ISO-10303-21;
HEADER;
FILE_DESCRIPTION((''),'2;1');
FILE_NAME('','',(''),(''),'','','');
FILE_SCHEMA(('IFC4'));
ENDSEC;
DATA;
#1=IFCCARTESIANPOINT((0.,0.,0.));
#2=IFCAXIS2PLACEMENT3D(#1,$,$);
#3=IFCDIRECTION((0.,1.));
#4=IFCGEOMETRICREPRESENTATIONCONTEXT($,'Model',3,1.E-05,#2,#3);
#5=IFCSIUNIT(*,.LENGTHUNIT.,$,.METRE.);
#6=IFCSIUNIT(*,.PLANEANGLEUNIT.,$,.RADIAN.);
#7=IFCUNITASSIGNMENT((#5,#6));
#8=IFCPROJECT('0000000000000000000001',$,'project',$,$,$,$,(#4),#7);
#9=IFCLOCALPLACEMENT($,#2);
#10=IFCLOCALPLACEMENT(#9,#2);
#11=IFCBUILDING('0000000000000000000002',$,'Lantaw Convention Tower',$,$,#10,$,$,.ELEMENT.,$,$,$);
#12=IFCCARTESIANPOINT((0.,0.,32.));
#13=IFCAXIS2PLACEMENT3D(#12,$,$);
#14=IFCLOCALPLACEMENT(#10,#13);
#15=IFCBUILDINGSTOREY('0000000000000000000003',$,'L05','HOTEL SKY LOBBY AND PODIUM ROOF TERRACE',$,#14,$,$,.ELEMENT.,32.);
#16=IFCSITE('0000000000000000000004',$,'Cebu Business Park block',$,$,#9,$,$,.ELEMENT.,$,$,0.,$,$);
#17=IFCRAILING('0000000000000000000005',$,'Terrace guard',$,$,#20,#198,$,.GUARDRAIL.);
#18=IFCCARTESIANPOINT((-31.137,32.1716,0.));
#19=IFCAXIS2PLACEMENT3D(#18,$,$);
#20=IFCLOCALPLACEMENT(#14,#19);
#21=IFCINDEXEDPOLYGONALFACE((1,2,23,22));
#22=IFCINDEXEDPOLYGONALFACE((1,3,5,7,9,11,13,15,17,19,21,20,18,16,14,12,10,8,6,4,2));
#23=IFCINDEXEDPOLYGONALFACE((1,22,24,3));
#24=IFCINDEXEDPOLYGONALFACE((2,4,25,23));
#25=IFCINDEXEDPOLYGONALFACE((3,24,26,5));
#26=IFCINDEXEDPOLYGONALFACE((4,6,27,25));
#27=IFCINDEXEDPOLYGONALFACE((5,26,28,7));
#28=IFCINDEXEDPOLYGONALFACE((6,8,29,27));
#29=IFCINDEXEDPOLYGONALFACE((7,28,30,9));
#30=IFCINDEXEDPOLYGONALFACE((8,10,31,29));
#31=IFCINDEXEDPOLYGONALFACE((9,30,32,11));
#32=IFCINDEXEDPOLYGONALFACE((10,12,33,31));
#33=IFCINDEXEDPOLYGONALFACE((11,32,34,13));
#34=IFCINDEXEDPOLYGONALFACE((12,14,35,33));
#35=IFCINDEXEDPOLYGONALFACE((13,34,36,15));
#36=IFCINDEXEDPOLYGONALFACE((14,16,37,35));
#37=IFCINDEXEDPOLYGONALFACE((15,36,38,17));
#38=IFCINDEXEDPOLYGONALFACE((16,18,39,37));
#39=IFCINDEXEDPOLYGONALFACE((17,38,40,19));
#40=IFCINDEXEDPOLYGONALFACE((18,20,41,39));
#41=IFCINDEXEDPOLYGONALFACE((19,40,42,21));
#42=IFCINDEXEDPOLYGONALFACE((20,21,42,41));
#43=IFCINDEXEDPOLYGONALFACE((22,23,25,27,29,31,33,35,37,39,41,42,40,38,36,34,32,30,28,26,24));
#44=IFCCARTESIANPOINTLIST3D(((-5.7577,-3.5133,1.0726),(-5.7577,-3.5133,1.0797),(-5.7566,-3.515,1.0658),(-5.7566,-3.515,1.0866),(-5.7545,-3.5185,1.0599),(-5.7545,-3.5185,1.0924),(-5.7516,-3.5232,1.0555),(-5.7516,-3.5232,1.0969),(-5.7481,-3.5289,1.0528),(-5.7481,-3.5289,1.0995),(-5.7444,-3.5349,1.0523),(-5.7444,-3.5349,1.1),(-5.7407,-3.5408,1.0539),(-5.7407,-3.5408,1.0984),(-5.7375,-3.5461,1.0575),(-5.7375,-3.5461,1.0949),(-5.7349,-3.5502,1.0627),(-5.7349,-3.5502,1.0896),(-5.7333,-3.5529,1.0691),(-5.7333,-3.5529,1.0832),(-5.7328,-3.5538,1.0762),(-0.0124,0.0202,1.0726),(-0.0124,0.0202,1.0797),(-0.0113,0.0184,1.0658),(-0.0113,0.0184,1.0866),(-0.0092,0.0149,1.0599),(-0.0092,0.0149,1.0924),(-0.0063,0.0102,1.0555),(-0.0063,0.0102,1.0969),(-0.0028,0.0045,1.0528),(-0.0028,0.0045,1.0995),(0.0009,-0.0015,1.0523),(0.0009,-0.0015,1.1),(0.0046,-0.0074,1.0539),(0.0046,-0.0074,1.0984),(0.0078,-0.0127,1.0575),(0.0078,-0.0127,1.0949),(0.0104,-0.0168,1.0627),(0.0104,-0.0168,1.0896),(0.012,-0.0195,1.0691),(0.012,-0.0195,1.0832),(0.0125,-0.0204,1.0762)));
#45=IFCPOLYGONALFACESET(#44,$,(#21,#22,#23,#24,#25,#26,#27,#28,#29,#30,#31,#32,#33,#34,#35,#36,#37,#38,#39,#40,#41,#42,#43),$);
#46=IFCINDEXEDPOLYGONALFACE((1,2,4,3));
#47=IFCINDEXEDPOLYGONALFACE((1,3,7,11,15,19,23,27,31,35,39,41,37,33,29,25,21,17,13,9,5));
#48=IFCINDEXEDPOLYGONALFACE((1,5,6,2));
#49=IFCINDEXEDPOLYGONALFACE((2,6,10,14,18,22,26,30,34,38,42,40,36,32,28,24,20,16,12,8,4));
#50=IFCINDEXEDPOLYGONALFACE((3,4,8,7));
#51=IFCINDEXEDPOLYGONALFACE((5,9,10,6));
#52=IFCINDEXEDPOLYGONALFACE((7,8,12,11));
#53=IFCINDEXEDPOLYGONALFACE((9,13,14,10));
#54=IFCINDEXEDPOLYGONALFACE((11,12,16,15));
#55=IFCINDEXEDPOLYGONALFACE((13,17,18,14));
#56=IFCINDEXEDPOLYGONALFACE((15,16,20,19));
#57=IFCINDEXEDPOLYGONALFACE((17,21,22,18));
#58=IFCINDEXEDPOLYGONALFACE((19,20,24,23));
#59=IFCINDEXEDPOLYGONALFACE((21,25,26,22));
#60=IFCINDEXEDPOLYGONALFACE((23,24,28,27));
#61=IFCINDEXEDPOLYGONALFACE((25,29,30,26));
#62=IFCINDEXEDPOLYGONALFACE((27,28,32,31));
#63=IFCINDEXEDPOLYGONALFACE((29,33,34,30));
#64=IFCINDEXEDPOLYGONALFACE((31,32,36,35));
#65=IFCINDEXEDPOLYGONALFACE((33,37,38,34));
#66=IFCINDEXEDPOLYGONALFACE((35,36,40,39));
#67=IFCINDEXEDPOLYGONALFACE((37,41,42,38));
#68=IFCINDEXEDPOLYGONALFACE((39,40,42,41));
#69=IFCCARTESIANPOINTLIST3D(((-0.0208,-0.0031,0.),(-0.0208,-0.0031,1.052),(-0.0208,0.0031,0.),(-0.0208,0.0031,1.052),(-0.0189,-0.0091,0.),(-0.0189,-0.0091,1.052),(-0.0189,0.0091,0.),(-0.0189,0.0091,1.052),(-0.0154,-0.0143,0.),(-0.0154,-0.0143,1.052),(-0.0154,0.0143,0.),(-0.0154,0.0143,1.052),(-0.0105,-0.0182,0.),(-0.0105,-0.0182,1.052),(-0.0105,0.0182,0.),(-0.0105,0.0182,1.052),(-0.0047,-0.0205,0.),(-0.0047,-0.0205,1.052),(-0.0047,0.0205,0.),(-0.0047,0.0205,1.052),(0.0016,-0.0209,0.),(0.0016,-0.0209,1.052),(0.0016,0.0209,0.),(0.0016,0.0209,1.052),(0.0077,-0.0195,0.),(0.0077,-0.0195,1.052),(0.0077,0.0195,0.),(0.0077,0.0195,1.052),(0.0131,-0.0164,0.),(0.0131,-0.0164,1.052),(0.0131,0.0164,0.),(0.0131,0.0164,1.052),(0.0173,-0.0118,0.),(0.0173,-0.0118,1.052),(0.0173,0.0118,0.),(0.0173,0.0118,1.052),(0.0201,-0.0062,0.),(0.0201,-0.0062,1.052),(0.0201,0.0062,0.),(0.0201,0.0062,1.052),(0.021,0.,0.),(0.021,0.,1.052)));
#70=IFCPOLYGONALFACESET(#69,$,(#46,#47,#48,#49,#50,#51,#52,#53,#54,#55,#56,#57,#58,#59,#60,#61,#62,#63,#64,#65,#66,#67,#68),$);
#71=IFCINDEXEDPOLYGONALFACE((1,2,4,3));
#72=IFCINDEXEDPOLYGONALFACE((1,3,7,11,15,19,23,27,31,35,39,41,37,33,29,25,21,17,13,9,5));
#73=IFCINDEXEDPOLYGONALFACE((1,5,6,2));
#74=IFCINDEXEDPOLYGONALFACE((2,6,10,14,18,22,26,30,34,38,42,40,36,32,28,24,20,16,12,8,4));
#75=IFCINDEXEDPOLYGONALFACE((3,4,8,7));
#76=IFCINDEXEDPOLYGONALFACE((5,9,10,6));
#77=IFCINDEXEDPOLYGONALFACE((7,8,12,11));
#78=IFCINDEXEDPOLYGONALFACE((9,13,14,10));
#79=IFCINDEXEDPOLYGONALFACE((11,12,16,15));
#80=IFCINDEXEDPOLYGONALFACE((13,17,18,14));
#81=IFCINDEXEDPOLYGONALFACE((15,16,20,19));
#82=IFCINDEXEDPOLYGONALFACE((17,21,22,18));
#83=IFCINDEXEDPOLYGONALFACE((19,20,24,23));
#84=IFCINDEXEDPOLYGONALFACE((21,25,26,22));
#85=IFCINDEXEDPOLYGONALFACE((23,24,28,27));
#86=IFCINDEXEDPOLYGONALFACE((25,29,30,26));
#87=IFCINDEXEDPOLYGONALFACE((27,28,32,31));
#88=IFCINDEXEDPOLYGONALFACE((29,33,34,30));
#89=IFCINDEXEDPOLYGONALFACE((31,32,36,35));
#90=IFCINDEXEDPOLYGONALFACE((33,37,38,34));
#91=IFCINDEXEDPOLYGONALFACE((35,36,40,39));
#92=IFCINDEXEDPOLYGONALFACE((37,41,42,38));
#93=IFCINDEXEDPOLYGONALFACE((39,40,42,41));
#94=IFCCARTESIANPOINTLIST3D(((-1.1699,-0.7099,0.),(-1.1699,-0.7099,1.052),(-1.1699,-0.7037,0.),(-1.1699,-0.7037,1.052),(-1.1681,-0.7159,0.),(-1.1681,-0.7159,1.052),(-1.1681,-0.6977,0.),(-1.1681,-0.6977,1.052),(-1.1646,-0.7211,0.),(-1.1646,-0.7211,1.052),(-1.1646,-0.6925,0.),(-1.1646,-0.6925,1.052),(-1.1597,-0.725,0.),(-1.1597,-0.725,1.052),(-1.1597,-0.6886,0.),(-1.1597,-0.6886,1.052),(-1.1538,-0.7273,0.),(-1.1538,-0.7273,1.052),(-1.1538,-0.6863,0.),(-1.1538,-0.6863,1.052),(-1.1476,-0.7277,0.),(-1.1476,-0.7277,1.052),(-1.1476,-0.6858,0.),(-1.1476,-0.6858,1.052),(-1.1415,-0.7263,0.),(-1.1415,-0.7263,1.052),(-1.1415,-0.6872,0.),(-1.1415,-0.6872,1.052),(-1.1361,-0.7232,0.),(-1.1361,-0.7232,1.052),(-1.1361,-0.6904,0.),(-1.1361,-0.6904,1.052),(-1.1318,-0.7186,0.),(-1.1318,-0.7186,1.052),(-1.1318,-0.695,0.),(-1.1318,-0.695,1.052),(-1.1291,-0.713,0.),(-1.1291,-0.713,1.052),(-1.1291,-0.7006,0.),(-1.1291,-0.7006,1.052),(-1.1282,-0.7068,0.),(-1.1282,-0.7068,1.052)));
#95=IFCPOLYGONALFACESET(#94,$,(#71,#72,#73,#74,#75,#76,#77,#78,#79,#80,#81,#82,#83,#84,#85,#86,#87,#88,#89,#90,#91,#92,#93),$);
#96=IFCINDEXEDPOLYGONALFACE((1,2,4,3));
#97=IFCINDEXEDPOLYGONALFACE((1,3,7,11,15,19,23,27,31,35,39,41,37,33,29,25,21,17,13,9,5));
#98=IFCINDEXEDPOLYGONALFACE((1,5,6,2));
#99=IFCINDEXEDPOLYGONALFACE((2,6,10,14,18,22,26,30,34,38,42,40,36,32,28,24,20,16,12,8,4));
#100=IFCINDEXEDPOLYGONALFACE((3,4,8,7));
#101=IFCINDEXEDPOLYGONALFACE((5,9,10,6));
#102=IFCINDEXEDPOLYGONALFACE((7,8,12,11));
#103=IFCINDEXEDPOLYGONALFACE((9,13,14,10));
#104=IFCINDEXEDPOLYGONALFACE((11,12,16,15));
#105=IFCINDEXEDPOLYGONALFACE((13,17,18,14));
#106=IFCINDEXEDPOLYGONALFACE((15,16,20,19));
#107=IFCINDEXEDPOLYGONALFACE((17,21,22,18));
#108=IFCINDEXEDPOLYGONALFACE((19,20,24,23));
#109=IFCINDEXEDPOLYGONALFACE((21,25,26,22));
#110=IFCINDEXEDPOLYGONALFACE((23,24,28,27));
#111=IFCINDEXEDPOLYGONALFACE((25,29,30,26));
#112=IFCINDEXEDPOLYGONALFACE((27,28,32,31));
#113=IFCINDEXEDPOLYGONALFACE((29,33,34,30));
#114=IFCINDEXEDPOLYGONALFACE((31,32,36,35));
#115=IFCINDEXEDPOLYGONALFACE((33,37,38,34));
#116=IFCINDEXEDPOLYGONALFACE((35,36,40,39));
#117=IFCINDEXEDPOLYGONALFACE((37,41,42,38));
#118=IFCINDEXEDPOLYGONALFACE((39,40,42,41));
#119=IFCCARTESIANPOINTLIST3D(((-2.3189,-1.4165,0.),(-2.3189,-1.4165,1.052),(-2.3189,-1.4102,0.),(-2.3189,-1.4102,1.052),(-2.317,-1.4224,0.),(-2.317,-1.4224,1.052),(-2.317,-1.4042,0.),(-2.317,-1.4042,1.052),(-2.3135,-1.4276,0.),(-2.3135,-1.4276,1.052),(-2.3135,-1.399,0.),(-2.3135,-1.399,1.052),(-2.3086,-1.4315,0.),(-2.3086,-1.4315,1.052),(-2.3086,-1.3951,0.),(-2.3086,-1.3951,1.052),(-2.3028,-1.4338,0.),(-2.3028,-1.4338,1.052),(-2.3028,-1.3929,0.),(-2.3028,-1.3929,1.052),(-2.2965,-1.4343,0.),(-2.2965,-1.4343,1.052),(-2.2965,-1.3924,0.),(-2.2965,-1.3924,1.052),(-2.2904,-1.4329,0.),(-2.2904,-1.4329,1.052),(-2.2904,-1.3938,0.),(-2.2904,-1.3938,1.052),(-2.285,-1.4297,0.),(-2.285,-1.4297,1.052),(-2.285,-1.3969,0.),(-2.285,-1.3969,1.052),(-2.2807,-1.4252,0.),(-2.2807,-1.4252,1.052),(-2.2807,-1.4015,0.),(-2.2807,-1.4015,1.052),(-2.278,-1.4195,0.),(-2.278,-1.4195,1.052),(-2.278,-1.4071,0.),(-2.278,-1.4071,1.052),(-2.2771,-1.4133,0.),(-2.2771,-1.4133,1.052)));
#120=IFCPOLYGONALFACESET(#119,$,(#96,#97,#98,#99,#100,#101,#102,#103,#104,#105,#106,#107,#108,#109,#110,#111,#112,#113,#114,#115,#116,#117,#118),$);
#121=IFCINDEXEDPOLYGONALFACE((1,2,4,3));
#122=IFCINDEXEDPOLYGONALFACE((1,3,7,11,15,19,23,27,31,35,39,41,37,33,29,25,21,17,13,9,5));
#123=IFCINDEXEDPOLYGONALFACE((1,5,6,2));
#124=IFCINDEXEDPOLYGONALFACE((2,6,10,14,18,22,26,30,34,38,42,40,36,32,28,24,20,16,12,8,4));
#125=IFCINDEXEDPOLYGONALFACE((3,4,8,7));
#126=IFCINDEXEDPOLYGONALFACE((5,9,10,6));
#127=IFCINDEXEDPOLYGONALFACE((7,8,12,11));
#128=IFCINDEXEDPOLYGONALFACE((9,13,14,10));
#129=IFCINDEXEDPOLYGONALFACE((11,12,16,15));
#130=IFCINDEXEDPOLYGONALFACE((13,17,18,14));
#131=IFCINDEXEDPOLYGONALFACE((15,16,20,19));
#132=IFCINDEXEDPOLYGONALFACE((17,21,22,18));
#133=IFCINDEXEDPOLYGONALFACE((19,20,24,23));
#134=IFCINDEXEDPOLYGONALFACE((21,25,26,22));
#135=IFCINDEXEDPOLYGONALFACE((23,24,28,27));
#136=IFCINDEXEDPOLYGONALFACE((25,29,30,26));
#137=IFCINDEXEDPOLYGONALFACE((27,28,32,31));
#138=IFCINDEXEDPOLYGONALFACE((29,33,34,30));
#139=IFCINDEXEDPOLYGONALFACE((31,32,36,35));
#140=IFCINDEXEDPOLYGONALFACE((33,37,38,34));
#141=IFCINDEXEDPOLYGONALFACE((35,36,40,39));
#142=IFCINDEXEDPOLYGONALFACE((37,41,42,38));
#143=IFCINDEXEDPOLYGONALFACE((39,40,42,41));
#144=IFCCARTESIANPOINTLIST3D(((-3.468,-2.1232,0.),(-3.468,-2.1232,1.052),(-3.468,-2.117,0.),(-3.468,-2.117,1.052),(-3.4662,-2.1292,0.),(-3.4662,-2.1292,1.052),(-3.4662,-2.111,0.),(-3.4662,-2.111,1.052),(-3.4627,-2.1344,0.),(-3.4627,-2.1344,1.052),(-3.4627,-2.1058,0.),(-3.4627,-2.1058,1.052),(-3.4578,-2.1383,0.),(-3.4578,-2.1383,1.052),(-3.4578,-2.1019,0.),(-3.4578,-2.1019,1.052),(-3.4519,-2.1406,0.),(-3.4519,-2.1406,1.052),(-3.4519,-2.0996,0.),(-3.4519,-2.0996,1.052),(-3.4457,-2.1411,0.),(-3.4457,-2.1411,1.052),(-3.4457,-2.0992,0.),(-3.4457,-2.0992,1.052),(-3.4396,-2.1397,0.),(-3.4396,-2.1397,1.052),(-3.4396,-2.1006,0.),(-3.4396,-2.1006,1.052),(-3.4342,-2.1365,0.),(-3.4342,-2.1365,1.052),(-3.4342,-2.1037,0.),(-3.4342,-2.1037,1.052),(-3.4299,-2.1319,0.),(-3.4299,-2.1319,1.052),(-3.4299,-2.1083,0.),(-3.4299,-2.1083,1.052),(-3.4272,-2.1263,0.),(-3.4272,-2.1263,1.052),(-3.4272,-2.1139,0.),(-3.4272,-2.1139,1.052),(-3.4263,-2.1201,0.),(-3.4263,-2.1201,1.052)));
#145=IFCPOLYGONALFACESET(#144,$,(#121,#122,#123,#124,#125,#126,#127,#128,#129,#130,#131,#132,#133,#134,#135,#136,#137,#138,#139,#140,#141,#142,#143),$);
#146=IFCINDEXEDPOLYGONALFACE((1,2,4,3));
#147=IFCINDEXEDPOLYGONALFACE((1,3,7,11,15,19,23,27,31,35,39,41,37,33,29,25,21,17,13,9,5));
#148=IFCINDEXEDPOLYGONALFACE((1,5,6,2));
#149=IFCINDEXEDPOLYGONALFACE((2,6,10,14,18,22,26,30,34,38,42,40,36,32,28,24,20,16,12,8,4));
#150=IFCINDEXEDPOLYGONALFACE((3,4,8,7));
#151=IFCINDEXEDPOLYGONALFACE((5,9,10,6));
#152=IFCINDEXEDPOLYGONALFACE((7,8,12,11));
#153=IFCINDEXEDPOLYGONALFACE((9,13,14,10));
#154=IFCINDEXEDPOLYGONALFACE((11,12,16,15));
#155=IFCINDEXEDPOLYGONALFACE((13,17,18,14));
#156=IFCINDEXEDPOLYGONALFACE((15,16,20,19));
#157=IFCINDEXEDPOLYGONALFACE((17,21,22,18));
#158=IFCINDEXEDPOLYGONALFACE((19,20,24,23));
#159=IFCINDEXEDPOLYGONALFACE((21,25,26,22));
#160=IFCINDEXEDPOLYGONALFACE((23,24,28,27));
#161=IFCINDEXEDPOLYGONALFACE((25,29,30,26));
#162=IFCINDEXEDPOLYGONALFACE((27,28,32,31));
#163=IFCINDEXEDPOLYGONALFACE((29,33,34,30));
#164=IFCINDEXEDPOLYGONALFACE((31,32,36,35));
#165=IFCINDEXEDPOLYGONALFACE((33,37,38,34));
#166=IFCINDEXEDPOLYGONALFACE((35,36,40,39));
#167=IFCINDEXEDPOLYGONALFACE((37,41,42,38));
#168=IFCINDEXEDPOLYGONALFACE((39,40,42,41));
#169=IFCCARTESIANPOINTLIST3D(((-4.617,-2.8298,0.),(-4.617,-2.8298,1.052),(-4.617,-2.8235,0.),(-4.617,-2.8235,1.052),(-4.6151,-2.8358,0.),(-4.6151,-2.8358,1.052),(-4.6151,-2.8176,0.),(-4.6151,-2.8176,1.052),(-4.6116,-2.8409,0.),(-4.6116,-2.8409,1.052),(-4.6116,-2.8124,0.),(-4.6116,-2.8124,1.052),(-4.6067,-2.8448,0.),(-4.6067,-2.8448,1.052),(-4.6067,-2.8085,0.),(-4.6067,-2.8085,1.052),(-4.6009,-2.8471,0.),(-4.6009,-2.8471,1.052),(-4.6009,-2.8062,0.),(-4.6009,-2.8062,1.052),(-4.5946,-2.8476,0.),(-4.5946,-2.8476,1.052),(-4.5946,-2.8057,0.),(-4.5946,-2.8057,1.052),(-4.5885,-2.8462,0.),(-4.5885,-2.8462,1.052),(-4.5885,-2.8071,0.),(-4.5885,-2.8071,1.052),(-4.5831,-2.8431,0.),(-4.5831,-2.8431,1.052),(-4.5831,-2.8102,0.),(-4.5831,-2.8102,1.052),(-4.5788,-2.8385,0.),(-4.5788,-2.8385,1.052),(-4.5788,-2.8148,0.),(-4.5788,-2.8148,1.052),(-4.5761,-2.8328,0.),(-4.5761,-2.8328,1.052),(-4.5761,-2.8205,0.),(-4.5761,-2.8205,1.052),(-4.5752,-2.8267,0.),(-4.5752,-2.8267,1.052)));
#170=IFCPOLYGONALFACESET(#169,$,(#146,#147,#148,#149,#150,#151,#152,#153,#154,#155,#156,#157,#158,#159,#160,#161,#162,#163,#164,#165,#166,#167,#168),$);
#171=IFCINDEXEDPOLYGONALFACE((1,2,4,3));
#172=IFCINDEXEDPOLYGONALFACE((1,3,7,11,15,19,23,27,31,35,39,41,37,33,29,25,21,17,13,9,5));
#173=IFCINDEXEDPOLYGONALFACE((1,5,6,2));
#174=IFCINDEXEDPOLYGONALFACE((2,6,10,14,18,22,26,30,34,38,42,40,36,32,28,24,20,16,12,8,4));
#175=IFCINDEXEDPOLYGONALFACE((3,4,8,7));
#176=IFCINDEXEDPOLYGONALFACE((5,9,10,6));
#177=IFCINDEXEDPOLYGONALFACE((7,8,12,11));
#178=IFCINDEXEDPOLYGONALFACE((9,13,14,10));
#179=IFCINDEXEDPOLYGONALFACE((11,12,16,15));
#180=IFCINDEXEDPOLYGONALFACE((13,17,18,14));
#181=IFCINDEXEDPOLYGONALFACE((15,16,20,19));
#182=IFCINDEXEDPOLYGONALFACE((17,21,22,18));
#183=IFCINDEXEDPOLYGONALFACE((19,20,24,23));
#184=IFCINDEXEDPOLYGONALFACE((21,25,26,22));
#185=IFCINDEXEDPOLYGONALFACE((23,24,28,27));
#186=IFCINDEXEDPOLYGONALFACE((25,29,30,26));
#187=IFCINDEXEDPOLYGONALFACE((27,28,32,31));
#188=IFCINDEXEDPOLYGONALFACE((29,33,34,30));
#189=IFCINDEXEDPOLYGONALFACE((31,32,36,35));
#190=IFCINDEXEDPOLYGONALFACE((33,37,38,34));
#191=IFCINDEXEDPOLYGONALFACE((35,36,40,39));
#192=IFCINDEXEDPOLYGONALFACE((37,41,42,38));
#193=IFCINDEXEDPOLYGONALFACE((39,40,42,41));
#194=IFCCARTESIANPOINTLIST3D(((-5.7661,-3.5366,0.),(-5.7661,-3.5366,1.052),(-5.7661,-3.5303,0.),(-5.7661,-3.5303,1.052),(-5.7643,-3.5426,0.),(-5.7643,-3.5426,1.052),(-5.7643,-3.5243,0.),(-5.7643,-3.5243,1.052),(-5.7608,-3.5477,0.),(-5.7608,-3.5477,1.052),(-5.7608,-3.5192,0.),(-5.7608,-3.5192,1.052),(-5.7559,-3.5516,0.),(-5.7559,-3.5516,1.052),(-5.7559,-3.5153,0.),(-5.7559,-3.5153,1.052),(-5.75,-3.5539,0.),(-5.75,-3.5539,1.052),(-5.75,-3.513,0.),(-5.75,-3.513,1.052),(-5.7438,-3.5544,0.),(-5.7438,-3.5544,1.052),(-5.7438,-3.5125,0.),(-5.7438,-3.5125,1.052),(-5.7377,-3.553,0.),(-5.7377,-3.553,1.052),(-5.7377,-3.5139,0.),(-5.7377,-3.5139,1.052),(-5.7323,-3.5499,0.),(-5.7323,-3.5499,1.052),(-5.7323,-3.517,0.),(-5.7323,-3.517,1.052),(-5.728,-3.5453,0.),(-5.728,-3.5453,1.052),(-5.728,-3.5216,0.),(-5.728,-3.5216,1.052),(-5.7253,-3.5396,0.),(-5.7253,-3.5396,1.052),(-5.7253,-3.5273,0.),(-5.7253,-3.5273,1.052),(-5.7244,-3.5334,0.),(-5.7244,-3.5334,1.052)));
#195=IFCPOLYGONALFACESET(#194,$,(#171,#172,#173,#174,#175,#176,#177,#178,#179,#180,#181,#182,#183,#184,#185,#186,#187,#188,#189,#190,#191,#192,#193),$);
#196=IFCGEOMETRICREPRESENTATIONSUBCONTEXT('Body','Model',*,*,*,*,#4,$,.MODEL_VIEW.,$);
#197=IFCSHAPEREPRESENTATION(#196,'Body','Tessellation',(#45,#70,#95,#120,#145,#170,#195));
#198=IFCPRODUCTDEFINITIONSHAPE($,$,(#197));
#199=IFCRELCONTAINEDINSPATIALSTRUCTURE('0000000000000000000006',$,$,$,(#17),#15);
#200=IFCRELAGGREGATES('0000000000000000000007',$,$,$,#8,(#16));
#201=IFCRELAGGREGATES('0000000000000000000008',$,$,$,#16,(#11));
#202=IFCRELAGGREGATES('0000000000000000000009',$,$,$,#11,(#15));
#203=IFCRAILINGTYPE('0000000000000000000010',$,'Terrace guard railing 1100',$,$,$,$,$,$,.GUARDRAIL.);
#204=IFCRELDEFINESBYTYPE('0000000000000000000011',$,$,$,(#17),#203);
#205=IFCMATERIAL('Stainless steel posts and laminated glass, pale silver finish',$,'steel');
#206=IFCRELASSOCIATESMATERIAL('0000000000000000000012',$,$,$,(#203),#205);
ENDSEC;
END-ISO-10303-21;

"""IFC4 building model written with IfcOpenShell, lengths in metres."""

from ifc_helpers import new_model, si_unit, direction, frame, origin, origin_2d, place, context, subcontext, project, spatial, circle, extrude, material, type_object, element, save


model = new_model("IFC4")

# Units and contexts
model_context = context("Model", 3, precision=1e-05, world=origin(), true_north=direction((0.0, 1.0)))
body_context = subcontext(model_context, "Body", "Model", "MODEL_VIEW")
ifc_project = project(units=[si_unit("LENGTHUNIT", "METRE"), si_unit("PLANEANGLEUNIT", "RADIAN")], contexts=[model_context])

# Site, building, storey
site_placement = place(None, origin())
site = spatial("IfcSite", under=ifc_project, at=site_placement, Name="Cebu Business Park block", CompositionType="ELEMENT", RefElevation=0.0)
building_placement = place(site_placement, origin())
building = spatial("IfcBuilding", under=site, at=building_placement, Name="Lantaw Convention Tower", CompositionType="ELEMENT")
storey_placement = place(building_placement, frame((0.0, 0.0, 32.0)))
storey = spatial("IfcBuildingStorey", under=building, at=storey_placement, Name="L05", Description="HOTEL SKY LOBBY AND PODIUM ROOF TERRACE", CompositionType="ELEMENT", Elevation=32.0)

# Railing
ifc_material_1 = material(Name="Stainless steel posts and laminated glass, pale silver finish", Category="steel")
railing_type_1 = type_object("IfcRailingType", Name="Terrace guard railing 1100", PredefinedType="GUARDRAIL", material=ifc_material_1)
railing_1_placement = place(storey_placement, frame((-31.137, 32.1716, 0.0)))
element("IfcRailing", 1, at=railing_1_placement, inside=storey, type_object=railing_type_1, Name="Terrace guard", PredefinedType="GUARDRAIL", context=body_context, shape_type="SweptSolid", body=[
    extrude(circle(Radius=0.0239, at=origin_2d()), frame((0.0, 0.0, 1.0762), z_axis=(-0.851801, -0.523865, 0.0), x_axis=(0.523865, -0.851801, 0.0)), (0.0, 0.0, 1.0), 6.7449),
    extrude(circle(Radius=0.021, at=origin_2d()), origin(), (0.0, 0.0, 1.0), 1.052),
    extrude(circle(Radius=0.021, at=origin_2d()), frame((-1.1492, -0.7068, 0.0)), (0.0, 0.0, 1.0), 1.052),
    extrude(circle(Radius=0.021, at=origin_2d()), frame((-2.2981, -1.4133, 0.0)), (0.0, 0.0, 1.0), 1.052),
    extrude(circle(Radius=0.021, at=origin_2d()), frame((-3.4473, -2.1201, 0.0)), (0.0, 0.0, 1.0), 1.052),
    extrude(circle(Radius=0.021, at=origin_2d()), frame((-4.5962, -2.8267, 0.0)), (0.0, 0.0, 1.0), 1.052),
    extrude(circle(Radius=0.021, at=origin_2d()), frame((-5.7454, -3.5334, 0.0)), (0.0, 0.0, 1.0), 1.052),
])

save(model, "model.ifc")
